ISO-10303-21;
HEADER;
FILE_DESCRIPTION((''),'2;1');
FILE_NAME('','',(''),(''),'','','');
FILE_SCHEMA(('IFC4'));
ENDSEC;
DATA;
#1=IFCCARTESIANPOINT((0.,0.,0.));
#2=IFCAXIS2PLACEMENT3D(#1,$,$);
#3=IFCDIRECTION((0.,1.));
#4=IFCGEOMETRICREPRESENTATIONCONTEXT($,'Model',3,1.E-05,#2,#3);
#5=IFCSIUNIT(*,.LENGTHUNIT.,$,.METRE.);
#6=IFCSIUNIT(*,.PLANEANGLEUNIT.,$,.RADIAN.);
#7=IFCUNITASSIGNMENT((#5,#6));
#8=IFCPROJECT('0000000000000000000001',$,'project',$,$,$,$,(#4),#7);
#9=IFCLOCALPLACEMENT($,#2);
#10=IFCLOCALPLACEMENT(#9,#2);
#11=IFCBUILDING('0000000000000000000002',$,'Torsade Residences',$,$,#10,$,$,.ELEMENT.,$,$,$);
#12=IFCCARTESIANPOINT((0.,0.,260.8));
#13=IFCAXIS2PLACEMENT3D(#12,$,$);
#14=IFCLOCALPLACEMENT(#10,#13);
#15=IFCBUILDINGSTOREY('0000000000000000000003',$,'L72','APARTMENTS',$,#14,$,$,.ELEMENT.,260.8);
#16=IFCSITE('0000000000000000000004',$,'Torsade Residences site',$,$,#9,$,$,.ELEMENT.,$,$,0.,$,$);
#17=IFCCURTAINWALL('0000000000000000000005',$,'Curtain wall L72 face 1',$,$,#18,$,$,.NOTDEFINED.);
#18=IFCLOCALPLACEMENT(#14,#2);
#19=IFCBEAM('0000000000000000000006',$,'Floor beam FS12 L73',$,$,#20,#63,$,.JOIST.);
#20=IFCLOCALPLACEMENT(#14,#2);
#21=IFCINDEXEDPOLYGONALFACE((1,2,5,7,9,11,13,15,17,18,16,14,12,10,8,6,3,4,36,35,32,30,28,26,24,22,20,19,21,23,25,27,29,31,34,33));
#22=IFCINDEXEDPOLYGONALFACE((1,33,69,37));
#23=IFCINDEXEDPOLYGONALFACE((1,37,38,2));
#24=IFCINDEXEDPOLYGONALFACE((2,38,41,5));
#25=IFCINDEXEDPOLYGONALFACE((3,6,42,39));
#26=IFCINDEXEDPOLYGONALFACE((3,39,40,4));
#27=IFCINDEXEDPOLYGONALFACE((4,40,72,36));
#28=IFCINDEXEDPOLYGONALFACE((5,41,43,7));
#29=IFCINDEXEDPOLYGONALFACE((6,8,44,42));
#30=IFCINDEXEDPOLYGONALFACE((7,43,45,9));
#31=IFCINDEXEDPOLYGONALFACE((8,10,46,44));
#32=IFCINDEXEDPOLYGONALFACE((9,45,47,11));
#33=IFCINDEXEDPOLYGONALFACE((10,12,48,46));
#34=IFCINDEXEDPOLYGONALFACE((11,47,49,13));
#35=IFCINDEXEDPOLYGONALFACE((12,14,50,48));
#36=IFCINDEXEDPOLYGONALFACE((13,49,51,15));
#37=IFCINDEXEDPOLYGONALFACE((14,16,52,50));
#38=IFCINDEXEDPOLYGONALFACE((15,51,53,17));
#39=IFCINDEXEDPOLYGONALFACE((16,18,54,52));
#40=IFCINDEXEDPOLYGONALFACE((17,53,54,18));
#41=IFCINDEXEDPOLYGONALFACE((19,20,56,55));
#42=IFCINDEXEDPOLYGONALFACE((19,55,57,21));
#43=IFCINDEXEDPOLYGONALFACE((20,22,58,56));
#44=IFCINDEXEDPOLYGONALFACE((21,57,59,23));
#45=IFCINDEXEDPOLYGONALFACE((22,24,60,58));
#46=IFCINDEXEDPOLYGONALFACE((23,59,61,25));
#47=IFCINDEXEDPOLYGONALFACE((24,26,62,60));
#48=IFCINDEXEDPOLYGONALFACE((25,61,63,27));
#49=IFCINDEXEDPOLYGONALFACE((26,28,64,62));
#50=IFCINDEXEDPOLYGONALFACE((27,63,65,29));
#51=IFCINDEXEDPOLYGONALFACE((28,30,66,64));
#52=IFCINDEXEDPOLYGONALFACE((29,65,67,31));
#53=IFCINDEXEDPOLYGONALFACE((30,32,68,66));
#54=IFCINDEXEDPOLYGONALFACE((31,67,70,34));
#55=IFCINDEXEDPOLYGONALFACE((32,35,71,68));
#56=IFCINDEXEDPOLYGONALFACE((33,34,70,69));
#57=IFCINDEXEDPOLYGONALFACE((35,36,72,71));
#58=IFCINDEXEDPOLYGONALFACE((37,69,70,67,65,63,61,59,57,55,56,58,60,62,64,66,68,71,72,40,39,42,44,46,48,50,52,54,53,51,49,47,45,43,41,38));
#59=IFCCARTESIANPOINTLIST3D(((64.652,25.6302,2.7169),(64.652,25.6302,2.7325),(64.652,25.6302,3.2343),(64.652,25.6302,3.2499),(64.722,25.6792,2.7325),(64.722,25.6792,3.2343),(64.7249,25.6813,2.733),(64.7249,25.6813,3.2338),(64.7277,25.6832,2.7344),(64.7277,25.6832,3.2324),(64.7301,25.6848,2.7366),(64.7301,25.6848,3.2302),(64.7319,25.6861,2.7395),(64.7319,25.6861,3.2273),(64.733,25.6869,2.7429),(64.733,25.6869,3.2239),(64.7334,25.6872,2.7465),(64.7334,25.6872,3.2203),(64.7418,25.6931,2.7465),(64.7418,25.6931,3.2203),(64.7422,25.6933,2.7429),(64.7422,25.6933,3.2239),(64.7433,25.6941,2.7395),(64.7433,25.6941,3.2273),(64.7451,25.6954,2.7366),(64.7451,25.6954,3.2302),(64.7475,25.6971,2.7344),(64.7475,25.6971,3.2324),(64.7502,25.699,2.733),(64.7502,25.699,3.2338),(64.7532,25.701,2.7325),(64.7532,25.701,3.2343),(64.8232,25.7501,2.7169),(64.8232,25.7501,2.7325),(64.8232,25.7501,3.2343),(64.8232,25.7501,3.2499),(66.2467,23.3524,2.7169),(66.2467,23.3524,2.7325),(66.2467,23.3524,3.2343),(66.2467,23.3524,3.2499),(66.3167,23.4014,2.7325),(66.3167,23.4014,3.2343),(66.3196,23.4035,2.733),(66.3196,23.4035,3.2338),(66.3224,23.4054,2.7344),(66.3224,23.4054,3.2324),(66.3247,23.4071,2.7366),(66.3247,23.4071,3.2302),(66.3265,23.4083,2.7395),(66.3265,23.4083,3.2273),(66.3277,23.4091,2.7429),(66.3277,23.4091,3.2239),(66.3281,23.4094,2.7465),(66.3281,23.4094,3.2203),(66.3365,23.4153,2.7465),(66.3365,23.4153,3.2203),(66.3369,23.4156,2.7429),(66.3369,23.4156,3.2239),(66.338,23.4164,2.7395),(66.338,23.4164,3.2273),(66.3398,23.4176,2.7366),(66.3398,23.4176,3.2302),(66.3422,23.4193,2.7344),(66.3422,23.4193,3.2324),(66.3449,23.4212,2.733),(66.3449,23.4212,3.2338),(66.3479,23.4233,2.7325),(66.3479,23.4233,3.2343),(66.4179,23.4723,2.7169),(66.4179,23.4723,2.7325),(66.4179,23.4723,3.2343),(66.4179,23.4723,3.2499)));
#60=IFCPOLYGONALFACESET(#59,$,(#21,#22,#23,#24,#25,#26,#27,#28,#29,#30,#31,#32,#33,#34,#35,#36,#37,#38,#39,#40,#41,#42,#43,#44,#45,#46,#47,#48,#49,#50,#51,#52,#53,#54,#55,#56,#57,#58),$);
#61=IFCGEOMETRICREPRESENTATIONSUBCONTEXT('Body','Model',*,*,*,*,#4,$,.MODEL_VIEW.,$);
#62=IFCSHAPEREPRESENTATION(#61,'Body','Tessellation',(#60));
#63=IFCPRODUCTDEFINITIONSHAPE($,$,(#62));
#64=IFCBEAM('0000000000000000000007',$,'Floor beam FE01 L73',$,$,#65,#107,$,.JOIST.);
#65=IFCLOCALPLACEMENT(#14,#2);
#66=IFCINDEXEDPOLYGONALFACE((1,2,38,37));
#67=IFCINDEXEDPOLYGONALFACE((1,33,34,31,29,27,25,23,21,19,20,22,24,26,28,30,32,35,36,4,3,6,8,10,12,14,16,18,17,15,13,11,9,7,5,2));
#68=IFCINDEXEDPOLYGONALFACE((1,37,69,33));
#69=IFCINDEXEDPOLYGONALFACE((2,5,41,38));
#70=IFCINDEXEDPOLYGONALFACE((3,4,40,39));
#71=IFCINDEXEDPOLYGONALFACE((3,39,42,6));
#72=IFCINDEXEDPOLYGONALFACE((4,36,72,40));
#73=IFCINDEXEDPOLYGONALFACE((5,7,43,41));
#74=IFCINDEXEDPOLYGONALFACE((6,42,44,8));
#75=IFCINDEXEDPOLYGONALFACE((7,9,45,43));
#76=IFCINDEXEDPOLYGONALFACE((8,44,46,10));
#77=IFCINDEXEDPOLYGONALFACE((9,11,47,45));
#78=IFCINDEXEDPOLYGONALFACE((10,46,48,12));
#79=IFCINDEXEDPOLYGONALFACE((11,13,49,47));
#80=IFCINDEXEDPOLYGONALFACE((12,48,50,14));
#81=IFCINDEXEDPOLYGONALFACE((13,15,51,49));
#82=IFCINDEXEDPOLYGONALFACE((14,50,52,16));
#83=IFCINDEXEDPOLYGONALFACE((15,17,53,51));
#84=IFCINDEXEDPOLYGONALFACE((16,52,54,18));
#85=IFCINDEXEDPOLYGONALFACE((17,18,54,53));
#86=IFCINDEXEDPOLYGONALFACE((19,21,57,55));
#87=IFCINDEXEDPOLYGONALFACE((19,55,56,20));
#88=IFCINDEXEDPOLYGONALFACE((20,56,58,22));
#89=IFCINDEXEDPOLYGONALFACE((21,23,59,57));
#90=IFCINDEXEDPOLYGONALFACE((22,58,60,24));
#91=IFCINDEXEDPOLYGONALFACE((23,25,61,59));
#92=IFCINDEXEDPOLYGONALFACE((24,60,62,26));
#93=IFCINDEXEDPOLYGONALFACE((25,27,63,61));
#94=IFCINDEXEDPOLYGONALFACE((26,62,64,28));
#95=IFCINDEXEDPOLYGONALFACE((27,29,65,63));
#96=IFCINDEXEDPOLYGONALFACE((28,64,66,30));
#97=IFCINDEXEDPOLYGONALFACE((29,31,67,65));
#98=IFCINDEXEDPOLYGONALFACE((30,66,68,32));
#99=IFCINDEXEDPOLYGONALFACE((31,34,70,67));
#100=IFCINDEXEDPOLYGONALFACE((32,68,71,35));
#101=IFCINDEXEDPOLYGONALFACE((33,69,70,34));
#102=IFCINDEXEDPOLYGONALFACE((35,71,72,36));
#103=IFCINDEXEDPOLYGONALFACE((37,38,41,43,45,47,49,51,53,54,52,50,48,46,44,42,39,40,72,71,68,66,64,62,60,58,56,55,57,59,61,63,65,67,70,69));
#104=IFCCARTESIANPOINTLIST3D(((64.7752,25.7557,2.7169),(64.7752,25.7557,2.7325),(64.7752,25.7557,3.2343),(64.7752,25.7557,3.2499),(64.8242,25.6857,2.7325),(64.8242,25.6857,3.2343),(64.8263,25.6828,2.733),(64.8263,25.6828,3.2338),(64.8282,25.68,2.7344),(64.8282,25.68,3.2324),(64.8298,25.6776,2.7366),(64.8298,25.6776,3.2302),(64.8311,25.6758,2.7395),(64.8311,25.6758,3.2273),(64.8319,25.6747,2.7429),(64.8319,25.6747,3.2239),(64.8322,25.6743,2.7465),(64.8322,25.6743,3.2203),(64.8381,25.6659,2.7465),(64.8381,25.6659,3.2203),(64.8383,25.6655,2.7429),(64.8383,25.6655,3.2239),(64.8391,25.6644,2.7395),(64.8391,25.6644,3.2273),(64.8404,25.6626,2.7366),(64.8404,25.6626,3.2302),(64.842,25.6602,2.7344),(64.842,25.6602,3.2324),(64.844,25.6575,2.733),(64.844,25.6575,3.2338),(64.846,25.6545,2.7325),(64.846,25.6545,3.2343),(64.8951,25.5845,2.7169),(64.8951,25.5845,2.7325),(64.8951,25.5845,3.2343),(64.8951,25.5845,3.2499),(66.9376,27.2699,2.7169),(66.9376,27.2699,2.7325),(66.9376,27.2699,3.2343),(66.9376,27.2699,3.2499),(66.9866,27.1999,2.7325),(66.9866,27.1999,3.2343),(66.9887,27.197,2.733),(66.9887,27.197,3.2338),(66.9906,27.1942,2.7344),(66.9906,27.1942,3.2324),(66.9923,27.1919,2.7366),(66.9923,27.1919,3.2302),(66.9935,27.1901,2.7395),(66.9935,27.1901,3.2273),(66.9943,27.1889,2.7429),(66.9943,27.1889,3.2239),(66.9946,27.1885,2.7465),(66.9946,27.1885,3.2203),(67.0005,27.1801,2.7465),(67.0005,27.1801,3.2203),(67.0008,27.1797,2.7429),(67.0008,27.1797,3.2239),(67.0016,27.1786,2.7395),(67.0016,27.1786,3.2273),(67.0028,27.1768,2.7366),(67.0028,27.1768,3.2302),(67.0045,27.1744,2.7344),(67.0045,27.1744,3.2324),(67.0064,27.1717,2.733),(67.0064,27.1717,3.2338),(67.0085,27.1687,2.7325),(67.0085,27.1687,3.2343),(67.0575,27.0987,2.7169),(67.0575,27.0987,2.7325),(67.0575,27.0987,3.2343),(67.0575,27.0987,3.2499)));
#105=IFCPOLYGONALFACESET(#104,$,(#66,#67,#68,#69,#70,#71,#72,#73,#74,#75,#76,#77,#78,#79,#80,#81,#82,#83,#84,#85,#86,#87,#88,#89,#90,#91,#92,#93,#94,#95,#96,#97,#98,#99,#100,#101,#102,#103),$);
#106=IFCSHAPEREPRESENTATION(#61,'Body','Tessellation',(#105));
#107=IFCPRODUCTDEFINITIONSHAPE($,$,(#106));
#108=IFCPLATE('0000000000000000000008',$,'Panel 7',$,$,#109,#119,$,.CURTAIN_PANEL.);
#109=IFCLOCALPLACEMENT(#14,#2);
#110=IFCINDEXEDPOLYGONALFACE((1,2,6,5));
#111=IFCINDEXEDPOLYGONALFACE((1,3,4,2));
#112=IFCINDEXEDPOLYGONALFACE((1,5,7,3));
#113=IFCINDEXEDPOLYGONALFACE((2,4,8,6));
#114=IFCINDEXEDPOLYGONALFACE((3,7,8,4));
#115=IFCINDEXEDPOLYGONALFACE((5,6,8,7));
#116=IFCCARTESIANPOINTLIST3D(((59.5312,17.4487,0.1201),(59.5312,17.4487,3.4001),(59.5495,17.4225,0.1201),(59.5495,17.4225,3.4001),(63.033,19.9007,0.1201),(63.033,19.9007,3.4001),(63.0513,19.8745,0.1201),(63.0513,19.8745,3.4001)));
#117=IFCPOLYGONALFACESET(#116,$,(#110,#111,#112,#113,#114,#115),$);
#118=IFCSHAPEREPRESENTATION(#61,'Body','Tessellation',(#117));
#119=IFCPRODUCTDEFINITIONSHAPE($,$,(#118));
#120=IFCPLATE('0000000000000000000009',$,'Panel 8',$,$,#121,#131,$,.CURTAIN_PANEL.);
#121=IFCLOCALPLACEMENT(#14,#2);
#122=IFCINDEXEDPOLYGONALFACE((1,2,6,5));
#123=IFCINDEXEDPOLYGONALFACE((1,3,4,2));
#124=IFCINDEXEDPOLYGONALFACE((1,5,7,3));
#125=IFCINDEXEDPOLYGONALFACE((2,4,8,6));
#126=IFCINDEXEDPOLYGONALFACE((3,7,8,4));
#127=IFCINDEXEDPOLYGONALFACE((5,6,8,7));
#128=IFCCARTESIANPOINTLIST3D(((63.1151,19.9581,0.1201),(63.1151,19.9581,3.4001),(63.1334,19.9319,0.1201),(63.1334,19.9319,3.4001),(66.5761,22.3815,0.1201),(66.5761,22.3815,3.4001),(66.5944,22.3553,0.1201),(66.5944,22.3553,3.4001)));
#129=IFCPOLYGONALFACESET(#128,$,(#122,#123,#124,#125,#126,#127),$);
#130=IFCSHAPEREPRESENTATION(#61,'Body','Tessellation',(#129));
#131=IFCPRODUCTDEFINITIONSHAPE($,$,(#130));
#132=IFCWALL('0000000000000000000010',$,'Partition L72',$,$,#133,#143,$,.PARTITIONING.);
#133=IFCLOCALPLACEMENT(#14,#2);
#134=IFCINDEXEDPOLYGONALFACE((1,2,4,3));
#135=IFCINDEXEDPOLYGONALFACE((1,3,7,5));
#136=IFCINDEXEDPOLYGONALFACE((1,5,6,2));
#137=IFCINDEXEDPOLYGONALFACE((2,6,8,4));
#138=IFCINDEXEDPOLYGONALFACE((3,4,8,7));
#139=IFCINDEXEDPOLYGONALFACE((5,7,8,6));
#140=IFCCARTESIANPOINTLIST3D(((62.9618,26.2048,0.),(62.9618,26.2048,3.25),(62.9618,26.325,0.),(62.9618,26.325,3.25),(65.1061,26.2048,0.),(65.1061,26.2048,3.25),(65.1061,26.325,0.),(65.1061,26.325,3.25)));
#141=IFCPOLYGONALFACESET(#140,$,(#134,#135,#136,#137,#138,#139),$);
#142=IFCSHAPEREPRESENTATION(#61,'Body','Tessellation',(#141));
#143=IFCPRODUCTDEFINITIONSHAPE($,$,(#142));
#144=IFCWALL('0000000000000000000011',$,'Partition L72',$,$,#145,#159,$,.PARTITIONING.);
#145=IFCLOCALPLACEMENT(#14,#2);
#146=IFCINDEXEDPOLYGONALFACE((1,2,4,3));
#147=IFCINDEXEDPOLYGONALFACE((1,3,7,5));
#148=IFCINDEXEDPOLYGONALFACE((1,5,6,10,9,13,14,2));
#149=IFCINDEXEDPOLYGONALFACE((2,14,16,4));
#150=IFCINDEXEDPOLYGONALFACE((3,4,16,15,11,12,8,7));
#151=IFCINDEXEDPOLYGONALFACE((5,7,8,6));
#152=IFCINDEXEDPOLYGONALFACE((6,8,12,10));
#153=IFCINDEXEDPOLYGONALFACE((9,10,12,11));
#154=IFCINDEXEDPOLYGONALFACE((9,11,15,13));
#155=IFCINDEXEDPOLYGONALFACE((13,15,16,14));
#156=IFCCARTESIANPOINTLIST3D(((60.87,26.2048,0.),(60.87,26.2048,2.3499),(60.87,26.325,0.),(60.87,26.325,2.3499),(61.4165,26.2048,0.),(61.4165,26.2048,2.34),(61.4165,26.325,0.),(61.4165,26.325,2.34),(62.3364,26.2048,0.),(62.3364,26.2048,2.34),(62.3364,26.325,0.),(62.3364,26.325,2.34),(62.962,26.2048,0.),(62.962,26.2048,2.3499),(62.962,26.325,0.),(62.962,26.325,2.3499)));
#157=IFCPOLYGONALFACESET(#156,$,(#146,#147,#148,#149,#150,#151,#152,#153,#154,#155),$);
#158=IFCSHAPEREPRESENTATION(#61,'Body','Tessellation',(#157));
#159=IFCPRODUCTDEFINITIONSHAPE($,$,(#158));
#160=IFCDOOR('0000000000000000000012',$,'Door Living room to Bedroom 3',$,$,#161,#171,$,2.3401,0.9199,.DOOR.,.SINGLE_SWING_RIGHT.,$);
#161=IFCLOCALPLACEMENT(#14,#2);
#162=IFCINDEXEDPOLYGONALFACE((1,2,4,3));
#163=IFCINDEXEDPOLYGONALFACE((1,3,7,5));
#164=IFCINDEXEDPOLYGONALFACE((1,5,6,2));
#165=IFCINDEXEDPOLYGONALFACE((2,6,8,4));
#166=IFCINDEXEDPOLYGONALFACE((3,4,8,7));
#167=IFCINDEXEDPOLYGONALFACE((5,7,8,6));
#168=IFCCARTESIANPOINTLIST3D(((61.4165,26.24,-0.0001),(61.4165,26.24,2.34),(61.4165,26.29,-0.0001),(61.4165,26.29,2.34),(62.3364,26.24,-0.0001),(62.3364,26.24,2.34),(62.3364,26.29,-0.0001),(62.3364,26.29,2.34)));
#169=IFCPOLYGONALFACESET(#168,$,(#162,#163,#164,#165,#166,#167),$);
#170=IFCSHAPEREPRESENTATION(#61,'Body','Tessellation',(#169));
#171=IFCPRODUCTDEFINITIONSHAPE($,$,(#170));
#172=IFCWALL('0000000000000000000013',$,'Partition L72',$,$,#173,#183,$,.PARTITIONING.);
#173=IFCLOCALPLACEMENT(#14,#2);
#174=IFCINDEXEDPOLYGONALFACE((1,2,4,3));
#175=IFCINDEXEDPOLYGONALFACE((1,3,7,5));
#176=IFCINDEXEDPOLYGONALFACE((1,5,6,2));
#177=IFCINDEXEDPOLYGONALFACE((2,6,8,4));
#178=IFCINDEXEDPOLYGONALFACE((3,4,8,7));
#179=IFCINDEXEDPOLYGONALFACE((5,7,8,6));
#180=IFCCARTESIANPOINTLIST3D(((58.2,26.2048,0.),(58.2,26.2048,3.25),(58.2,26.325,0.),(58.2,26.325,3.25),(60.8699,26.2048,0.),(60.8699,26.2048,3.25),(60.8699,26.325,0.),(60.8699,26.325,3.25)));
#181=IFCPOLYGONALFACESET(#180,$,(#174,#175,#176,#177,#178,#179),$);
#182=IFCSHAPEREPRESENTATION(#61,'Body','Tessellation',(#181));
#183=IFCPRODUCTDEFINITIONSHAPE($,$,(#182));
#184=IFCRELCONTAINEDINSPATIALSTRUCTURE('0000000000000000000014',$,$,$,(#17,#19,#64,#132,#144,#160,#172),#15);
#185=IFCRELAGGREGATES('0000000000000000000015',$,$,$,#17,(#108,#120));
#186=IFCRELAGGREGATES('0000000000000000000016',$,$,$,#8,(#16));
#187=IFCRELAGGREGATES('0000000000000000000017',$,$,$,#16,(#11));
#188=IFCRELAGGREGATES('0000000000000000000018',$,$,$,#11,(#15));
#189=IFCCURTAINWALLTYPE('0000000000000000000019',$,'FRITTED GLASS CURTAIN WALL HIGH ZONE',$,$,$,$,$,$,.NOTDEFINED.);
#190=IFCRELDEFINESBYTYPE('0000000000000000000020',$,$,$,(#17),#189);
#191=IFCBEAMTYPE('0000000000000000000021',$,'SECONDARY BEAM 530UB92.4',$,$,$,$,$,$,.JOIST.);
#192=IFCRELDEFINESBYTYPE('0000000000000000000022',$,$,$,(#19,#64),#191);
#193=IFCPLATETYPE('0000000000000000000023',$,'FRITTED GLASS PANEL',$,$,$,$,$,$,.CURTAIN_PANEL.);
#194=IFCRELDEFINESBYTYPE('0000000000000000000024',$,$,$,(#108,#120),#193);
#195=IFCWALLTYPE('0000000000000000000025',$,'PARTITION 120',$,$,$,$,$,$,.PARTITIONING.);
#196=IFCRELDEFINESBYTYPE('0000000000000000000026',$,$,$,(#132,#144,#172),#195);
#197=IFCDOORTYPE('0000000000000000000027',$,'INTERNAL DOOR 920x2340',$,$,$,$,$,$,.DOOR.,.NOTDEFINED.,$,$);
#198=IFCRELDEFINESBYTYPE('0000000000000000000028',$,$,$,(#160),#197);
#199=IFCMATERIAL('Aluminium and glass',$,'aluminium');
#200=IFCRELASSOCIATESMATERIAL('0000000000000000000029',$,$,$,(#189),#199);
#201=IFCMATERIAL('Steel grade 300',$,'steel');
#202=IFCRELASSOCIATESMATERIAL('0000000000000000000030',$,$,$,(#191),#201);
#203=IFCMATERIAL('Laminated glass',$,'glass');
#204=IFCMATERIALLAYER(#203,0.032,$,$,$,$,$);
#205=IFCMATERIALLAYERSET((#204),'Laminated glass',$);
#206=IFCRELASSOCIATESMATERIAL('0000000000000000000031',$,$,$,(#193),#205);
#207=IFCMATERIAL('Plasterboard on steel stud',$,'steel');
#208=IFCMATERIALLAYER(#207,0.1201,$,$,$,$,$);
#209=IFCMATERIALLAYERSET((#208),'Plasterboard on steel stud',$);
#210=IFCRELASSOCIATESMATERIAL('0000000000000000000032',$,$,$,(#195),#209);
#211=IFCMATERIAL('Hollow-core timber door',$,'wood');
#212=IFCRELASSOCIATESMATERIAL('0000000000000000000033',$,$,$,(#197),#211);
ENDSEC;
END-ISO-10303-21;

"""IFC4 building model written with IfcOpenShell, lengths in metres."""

from ifc_helpers import new_model, si_unit, direction, frame, frame_2d, origin, origin_2d, place, context, subcontext, project, spatial, rectangle, i_section, extrude, material, layer, layer_set, material_profile, profile_set, type_object, element, fill, aggregate, save


model = new_model("IFC4")

# Units and contexts
model_context = context("Model", 3, precision=1e-05, world=origin(), true_north=direction((0.0, 1.0)))
body_context = subcontext(model_context, "Body", "Model", "MODEL_VIEW")
ifc_project = project(units=[si_unit("LENGTHUNIT", "METRE"), si_unit("PLANEANGLEUNIT", "RADIAN")], contexts=[model_context])

# Site, building, storey
site_placement = place(None, origin())
site = spatial("IfcSite", under=ifc_project, at=site_placement, Name="Torsade Residences site", CompositionType="ELEMENT", RefElevation=0.0)
building_placement = place(site_placement, origin())
building = spatial("IfcBuilding", under=site, at=building_placement, Name="Torsade Residences", CompositionType="ELEMENT")
storey_placement = place(building_placement, frame((0.0, 0.0, 260.8)))
storey = spatial("IfcBuildingStorey", under=building, at=storey_placement, Name="L72", Description="APARTMENTS", CompositionType="ELEMENT", Elevation=260.8)

# Curtain wall
ifc_material_1 = material(Name="Aluminium and glass", Category="aluminium")
curtain_wall_type = type_object("IfcCurtainWallType", Name="FRITTED GLASS CURTAIN WALL HIGH ZONE", PredefinedType="NOTDEFINED", material=ifc_material_1)
curtain_wall_placement = place(storey_placement, origin())
curtain_wall = element("IfcCurtainWall", 1, at=curtain_wall_placement, inside=storey, type_object=curtain_wall_type, Name="Curtain wall L72 face 1", PredefinedType="NOTDEFINED")

# Beams
ifc_material_2 = material(Name="Steel grade 300", Category="steel")
ifc_material_profile_1 = material_profile(ifc_material_2, i_section(OverallWidth=0.209, OverallDepth=0.533, WebThickness=0.0103, FlangeThickness=0.0156, FilletRadius=0.0139, at=origin_2d()), Name="530UB92.4")
ifc_profile_set_1 = profile_set([ifc_material_profile_1], Name="Steel grade 300")
beam_type_1 = type_object("IfcBeamType", Name="SECONDARY BEAM 530UB92.4", PredefinedType="JOIST", material=ifc_profile_set_1)
beam_1_placement = place(storey_placement, frame((66.3323, 23.4124, 2.9834), z_axis=(-0.573521, 0.819191, 0.0), x_axis=(-0.819191, -0.573521, 0.0)))
element("IfcBeam", 2, at=beam_1_placement, inside=storey, type_object=beam_type_1, Name="Floor beam FS12 L73", PredefinedType="JOIST", context=body_context, shape_type="SweptSolid", body=[
    extrude(i_section(OverallWidth=0.209, OverallDepth=0.533, WebThickness=0.0103, FlangeThickness=0.0156, FilletRadius=0.0139, at=origin_2d()), origin(), (0.0, 0.0, 1.0), 2.7805),
])
beam_2_placement = place(storey_placement, frame((66.9976, 27.1843, 2.9834), z_axis=(-0.819141, -0.573593, 0.0), x_axis=(0.573593, -0.819141, 0.0)))
element("IfcBeam", 3, at=beam_2_placement, inside=storey, type_object=beam_type_1, Name="Floor beam FE01 L73", PredefinedType="JOIST", context=body_context, shape_type="SweptSolid", body=[
    extrude(i_section(OverallWidth=0.209, OverallDepth=0.533, WebThickness=0.0103, FlangeThickness=0.0156, FilletRadius=0.0139, at=origin_2d()), origin(), (0.0, 0.0, 1.0), 2.6399),
])

# Plates
ifc_material_3 = material(Name="Laminated glass", Category="glass")
ifc_layer_1 = layer(ifc_material_3, 0.032)
ifc_layer_set_1 = layer_set([ifc_layer_1], Name="Laminated glass")
plate_type = type_object("IfcPlateType", Name="FRITTED GLASS PANEL", PredefinedType="CURTAIN_PANEL", material=ifc_layer_set_1)
plate_1_placement = place(storey_placement, frame((61.2913, 18.6616, 0.1201), z_axis=(0.0, 0.0, 1.0), x_axis=(0.819152, 0.573576, 0.0)))
plate_1 = element("IfcPlate", 4, at=plate_1_placement, type_object=plate_type, Name="Panel 7", PredefinedType="CURTAIN_PANEL", context=body_context, shape_type="SweptSolid", body=[
    extrude(rectangle(XDim=4.2749, YDim=0.032, at=origin_2d()), origin(), (0.0, 0.0, 1.0), 3.28),
])
plate_2_placement = place(storey_placement, frame((64.8547, 21.1567, 0.1201), z_axis=(0.0, 0.0, 1.0), x_axis=(0.819152, 0.573576, 0.0)))
plate_2 = element("IfcPlate", 5, at=plate_2_placement, type_object=plate_type, Name="Panel 8", PredefinedType="CURTAIN_PANEL", context=body_context, shape_type="SweptSolid", body=[
    extrude(rectangle(XDim=4.2251, YDim=0.032, at=origin_2d()), origin(), (0.0, 0.0, 1.0), 3.28),
])
aggregate(curtain_wall, [plate_1, plate_2])

# Wall
ifc_material_4 = material(Name="Plasterboard on steel stud", Category="steel")
ifc_layer_2 = layer(ifc_material_4, 0.1201)
ifc_layer_set_2 = layer_set([ifc_layer_2], Name="Plasterboard on steel stud")
wall_type_1 = type_object("IfcWallType", Name="PARTITION 120", PredefinedType="PARTITIONING", material=ifc_layer_set_2)
wall_1_placement = place(storey_placement, frame((65.1062, 26.2649, 0.0), z_axis=(0.0, 0.0, 1.0), x_axis=(-1.0, 0.0, 0.0)))
element("IfcWall", 6, at=wall_1_placement, inside=storey, type_object=wall_type_1, Name="Partition L72", PredefinedType="PARTITIONING", context=body_context, shape_type="SweptSolid", body=[
    extrude(rectangle(XDim=2.1443, YDim=0.1201, at=frame_2d((1.0723, 0.0))), origin(), (0.0, 0.0, 1.0), 3.25),
])

# Wall, opening, door
wall_2_placement = place(storey_placement, frame((62.9619, 26.2649, 0.0), z_axis=(0.0, 0.0, 1.0), x_axis=(-1.0, 0.0, 0.0)))
wall_2 = element("IfcWall", 7, at=wall_2_placement, inside=storey, type_object=wall_type_1, Name="Partition L72", PredefinedType="PARTITIONING", context=body_context, shape_type="SweptSolid", body=[
    extrude(rectangle(XDim=2.092, YDim=0.1201, at=frame_2d((1.0459, 0.0))), origin(), (0.0, 0.0, 1.0), 2.3499),
])
opening_1_placement = place(wall_2_placement, frame((0.6255, 0.0, 0.0)))
opening_1 = element("IfcOpeningElement", 8, at=opening_1_placement, cuts=wall_2, PredefinedType="OPENING", context=body_context, shape_type="SweptSolid", body=[
    extrude(rectangle(XDim=0.9199, YDim=2.3401, at=frame_2d((0.46, 1.1699))), frame((0.0, 0.0701, 0.0), z_axis=(0.0, -1.0, 0.0), x_axis=(1.0, 0.0, 0.0)), (0.0, 0.0, 1.0), 0.1401),
])
ifc_material_5 = material(Name="Hollow-core timber door", Category="wood")
door_type_1 = type_object("IfcDoorType", Name="INTERNAL DOOR 920x2340", OperationType="NOTDEFINED", PredefinedType="DOOR", material=ifc_material_5)
door_1_placement = place(opening_1_placement, origin())
door_1 = element("IfcDoor", 9, at=door_1_placement, inside=storey, type_object=door_type_1, Name="Door Living room to Bedroom 3", OperationType="SINGLE_SWING_RIGHT", OverallHeight=2.3401, OverallWidth=0.9199, PredefinedType="DOOR", context=body_context, shape_type="SweptSolid", body=[
    extrude(rectangle(XDim=0.9199, YDim=2.3401, at=frame_2d((0.46, 1.1699))), frame((0.0, 0.0249, 0.0), z_axis=(0.0, -1.0, 0.0), x_axis=(1.0, 0.0, 0.0)), (0.0, 0.0, 1.0), 0.05),
])
fill(opening_1, door_1)

# Wall
wall_3_placement = place(storey_placement, frame((60.8699, 26.2649, 0.0), z_axis=(0.0, 0.0, 1.0), x_axis=(-1.0, 0.0, 0.0)))
element("IfcWall", 10, at=wall_3_placement, inside=storey, type_object=wall_type_1, Name="Partition L72", PredefinedType="PARTITIONING", context=body_context, shape_type="SweptSolid", body=[
    extrude(rectangle(XDim=2.6699, YDim=0.1201, at=frame_2d((1.335, 0.0))), origin(), (0.0, 0.0, 1.0), 3.25),
])

save(model, "model.ifc")
